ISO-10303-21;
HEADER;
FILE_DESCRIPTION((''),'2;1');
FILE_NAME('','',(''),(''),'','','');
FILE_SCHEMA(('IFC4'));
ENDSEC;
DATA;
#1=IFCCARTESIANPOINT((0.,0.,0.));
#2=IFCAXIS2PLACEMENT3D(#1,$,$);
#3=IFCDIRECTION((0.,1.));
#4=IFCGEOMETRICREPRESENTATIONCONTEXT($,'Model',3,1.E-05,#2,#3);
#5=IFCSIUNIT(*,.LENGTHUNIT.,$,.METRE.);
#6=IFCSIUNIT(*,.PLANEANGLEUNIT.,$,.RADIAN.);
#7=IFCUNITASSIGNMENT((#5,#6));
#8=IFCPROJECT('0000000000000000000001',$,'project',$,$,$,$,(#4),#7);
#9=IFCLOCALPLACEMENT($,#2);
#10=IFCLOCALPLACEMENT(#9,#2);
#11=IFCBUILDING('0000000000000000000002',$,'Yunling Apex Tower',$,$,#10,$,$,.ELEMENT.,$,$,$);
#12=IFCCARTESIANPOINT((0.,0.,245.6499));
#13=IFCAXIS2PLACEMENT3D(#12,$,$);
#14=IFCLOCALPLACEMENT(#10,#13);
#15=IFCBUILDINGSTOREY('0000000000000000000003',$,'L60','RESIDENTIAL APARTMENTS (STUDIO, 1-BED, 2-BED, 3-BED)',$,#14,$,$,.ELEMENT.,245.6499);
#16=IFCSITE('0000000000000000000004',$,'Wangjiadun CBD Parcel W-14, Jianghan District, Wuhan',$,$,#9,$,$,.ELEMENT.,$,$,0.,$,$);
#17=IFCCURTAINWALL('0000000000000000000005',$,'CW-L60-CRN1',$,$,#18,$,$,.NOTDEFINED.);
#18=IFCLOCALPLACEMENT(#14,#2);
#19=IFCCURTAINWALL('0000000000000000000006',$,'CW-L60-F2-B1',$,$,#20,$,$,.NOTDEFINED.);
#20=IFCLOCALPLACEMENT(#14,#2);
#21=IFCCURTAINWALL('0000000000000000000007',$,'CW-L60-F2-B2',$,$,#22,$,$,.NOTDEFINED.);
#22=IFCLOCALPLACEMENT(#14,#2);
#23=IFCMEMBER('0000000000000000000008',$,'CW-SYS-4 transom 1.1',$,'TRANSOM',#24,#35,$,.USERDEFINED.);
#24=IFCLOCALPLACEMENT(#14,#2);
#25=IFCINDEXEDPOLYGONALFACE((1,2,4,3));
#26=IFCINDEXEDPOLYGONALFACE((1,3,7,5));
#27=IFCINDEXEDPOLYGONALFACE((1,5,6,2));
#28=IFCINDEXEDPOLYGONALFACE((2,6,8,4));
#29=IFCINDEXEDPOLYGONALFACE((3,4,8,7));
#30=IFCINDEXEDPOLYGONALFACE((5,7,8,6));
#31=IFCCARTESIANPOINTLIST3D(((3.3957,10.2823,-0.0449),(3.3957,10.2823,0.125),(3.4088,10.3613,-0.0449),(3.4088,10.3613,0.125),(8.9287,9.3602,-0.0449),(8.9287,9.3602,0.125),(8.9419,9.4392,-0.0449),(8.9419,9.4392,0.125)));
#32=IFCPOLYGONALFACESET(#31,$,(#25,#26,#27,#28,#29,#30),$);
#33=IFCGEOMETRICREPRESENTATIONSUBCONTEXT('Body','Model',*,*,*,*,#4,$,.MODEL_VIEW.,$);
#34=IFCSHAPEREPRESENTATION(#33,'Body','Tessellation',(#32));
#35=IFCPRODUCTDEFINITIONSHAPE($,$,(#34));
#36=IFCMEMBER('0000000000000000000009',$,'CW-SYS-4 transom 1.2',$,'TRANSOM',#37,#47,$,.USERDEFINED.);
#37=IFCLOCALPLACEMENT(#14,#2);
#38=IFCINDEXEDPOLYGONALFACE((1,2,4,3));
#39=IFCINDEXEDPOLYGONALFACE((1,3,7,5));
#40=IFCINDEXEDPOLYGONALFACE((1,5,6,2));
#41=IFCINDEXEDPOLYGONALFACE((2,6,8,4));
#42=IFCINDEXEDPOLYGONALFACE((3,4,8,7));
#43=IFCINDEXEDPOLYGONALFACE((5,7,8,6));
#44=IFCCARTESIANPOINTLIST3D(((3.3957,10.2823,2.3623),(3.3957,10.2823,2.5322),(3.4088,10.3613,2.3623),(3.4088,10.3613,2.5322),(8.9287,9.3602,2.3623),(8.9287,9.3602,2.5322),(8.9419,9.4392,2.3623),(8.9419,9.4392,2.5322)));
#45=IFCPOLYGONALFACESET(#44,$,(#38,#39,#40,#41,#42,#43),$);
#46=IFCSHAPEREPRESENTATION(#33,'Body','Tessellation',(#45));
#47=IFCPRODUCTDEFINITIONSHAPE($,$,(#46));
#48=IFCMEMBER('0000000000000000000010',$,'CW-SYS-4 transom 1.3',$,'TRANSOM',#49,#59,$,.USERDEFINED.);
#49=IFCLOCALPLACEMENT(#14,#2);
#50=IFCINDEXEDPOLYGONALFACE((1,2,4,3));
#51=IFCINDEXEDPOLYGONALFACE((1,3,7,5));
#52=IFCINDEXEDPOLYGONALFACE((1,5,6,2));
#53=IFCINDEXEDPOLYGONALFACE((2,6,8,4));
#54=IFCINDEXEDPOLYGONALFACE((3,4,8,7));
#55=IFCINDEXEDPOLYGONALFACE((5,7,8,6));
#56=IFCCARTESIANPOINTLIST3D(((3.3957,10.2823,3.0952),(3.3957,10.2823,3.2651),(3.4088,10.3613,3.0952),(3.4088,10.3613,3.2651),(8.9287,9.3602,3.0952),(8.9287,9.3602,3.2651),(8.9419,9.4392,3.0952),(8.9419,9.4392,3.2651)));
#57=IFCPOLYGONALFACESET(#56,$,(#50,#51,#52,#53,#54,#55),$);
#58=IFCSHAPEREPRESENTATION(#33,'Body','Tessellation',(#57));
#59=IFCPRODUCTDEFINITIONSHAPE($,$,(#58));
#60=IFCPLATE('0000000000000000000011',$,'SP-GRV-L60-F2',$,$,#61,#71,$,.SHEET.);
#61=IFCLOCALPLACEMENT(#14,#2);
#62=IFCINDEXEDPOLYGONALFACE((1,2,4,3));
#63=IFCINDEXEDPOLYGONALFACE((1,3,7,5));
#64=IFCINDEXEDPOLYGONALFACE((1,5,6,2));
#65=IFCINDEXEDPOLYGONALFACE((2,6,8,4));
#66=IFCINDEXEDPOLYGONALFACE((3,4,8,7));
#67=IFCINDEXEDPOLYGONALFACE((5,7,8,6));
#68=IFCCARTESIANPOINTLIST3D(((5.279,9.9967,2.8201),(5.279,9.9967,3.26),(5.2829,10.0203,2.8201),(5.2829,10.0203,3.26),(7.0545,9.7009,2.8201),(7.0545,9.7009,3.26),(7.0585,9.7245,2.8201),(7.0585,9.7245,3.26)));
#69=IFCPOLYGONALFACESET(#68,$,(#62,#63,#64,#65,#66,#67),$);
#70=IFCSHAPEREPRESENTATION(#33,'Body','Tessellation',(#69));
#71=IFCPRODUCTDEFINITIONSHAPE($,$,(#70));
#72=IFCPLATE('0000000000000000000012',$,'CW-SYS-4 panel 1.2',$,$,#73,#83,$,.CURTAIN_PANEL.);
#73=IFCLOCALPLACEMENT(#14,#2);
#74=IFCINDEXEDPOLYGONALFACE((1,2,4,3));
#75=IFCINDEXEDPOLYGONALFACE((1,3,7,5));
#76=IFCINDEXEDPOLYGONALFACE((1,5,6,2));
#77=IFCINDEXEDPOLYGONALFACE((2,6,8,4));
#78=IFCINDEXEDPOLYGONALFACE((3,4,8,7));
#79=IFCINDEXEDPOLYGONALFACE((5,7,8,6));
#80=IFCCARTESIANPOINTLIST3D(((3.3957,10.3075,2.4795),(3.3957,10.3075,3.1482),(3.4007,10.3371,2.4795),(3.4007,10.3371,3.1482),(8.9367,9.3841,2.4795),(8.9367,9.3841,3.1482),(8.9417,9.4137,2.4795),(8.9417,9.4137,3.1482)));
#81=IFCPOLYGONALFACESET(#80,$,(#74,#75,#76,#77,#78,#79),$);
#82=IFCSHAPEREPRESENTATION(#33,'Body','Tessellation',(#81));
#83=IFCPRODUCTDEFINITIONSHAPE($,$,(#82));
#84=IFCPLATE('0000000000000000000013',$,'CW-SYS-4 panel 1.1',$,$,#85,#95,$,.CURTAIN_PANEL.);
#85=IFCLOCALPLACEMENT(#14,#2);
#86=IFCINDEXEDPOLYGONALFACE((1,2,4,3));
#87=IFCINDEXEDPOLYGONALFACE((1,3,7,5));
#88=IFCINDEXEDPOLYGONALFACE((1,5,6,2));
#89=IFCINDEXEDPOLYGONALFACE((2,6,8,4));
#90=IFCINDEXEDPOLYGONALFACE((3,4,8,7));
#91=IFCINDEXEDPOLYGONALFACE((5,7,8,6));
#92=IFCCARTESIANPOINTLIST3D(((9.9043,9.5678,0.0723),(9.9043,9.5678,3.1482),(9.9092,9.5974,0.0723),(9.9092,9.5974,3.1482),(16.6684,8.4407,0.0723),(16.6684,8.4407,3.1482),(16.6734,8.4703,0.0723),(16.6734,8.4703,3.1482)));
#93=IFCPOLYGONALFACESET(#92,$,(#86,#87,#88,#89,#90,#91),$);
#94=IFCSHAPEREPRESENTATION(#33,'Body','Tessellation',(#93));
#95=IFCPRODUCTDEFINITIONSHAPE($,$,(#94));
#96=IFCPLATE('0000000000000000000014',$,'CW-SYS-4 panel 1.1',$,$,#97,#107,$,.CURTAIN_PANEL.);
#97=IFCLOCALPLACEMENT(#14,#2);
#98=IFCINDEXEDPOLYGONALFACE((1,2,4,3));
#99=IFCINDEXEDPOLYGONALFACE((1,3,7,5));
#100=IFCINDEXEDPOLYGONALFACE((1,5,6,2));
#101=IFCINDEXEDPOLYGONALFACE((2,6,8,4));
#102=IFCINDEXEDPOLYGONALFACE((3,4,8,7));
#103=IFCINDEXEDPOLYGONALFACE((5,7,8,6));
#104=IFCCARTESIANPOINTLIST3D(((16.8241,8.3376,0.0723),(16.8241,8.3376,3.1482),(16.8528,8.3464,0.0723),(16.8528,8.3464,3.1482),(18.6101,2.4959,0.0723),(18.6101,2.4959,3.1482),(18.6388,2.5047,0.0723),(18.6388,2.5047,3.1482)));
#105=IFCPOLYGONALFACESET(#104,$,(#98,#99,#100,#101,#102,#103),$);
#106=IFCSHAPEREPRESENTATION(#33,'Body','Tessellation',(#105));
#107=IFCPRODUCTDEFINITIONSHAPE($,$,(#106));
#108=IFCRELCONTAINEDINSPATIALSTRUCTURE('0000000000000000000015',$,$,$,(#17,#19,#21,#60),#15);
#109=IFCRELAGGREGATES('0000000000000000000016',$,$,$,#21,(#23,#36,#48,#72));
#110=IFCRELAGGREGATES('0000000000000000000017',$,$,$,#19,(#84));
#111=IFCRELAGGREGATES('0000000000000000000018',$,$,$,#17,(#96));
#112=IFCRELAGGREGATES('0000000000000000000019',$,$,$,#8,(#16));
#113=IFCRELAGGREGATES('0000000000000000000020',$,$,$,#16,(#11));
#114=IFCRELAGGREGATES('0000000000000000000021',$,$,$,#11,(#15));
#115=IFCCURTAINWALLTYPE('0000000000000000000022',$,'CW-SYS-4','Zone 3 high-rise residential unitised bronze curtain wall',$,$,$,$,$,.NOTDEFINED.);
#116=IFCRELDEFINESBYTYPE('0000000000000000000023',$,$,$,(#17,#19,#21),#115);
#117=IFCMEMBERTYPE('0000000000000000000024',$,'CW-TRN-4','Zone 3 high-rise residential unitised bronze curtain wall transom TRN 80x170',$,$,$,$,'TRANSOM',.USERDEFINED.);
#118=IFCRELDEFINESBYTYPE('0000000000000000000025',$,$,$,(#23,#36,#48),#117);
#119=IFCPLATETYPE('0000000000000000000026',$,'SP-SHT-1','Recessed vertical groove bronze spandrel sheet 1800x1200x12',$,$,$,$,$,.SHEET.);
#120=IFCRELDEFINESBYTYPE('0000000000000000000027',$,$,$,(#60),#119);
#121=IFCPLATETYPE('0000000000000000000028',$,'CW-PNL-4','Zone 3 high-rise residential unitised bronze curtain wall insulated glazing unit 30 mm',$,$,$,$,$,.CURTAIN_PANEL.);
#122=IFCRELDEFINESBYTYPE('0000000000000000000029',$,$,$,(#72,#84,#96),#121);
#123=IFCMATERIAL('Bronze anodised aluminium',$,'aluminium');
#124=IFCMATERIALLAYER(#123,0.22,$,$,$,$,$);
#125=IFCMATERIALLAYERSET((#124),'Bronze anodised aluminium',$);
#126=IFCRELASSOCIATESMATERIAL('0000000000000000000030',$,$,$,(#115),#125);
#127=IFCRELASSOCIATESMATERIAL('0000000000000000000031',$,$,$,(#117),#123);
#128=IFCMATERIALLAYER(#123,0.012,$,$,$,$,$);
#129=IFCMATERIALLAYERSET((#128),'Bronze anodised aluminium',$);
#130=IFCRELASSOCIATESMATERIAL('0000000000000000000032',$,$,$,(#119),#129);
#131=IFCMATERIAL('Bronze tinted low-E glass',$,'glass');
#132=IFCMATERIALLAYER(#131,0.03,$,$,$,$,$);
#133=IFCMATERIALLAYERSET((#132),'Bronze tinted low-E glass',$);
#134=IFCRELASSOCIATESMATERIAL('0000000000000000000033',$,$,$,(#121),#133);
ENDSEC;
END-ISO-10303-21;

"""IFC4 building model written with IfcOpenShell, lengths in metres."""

from ifc_helpers import new_model, si_unit, direction, frame, origin, origin_2d, place, context, subcontext, project, spatial, rectangle, extrude, source, transform, mapped, material, layer, layer_set, material_profile, profile_set, type_object, element, aggregate, save


model = new_model("IFC4")

# Units and contexts
model_context = context("Model", 3, precision=1e-05, world=origin(), true_north=direction((0.0, 1.0)))
body_context = subcontext(model_context, "Body", "Model", "MODEL_VIEW")
ifc_project = project(units=[si_unit("LENGTHUNIT", "METRE"), si_unit("PLANEANGLEUNIT", "RADIAN")], contexts=[model_context])

# Site, building, storey
site_placement = place(None, origin())
site = spatial("IfcSite", under=ifc_project, at=site_placement, Name="Wangjiadun CBD Parcel W-14, Jianghan District, Wuhan", CompositionType="ELEMENT", RefElevation=0.0)
building_placement = place(site_placement, origin())
building = spatial("IfcBuilding", under=site, at=building_placement, Name="Yunling Apex Tower", CompositionType="ELEMENT")
storey_placement = place(building_placement, frame((0.0, 0.0, 245.6499)))
storey = spatial("IfcBuildingStorey", under=building, at=storey_placement, Name="L60", Description="RESIDENTIAL APARTMENTS (STUDIO, 1-BED, 2-BED, 3-BED)", CompositionType="ELEMENT", Elevation=245.6499)

# Shared definitions
ifc_material_1 = material(Name="Bronze anodised aluminium", Category="aluminium")
ifc_layer_1 = layer(ifc_material_1, 0.22)
ifc_layer_set_1 = layer_set([ifc_layer_1], Name="Bronze anodised aluminium")
curtain_wall_type = type_object("IfcCurtainWallType", Name="CW-SYS-4", Description="Zone 3 high-rise residential unitised bronze curtain wall", PredefinedType="NOTDEFINED", material=ifc_layer_set_1)

# Curtain walls
curtain_wall_1_placement = place(storey_placement, origin())
curtain_wall_1 = element("IfcCurtainWall", 1, at=curtain_wall_1_placement, inside=storey, type_object=curtain_wall_type, Name="CW-L60-CRN1", PredefinedType="NOTDEFINED")
curtain_wall_2_placement = place(storey_placement, origin())
curtain_wall_2 = element("IfcCurtainWall", 2, at=curtain_wall_2_placement, inside=storey, type_object=curtain_wall_type, Name="CW-L60-F2-B1", PredefinedType="NOTDEFINED")

# Curtain wall
curtain_wall_3_placement = place(storey_placement, origin())
curtain_wall_3 = element("IfcCurtainWall", 3, at=curtain_wall_3_placement, inside=storey, type_object=curtain_wall_type, Name="CW-L60-F2-B2", PredefinedType="NOTDEFINED")

# Members
ifc_material_profile_1 = material_profile(ifc_material_1, rectangle(XDim=0.0801, YDim=0.1699, at=origin_2d()))
ifc_profile_set_1 = profile_set([ifc_material_profile_1], Name="Bronze anodised aluminium")
member_type_1 = type_object("IfcMemberType", Name="CW-TRN-4", Description="Zone 3 high-rise residential unitised bronze curtain wall transom TRN 80x170", ElementType="TRANSOM", PredefinedType="USERDEFINED", material=ifc_profile_set_1)
shared_shape_1 = source(origin(), body_context, "Body", "SweptSolid", [
    extrude(rectangle(XDim=0.0801, YDim=0.1699, at=origin_2d()), origin(), (0.0, 0.0, 1.0), 5.6094),
])
member_1_placement = place(storey_placement, frame((8.9353, 9.3997, 0.04), z_axis=(-0.986395, 0.164392, 0.0), x_axis=(-0.164392, -0.986395, 0.0)))
member_1 = element("IfcMember", 4, at=member_1_placement, type_object=member_type_1, Name="CW-SYS-4 transom 1.1", ObjectType="TRANSOM", PredefinedType="USERDEFINED", context=body_context, shape_type="MappedRepresentation", body=[
    mapped(shared_shape_1, transform((0.0, 0.0, 0.0), scale=1.0)),
])
member_2_placement = place(storey_placement, frame((8.9353, 9.3997, 2.4473), z_axis=(-0.986395, 0.164392, 0.0), x_axis=(-0.164392, -0.986395, 0.0)))
member_2 = element("IfcMember", 5, at=member_2_placement, type_object=member_type_1, Name="CW-SYS-4 transom 1.2", ObjectType="TRANSOM", PredefinedType="USERDEFINED", context=body_context, shape_type="MappedRepresentation", body=[
    mapped(shared_shape_1, transform((0.0, 0.0, 0.0), scale=1.0)),
])
member_3_placement = place(storey_placement, frame((8.9353, 9.3997, 3.1802), z_axis=(-0.986395, 0.164392, 0.0), x_axis=(-0.164392, -0.986395, 0.0)))
member_3 = element("IfcMember", 6, at=member_3_placement, type_object=member_type_1, Name="CW-SYS-4 transom 1.3", ObjectType="TRANSOM", PredefinedType="USERDEFINED", context=body_context, shape_type="MappedRepresentation", body=[
    mapped(shared_shape_1, transform((0.0, 0.0, 0.0), scale=1.0)),
])

# Plates
ifc_layer_2 = layer(ifc_material_1, 0.012)
ifc_layer_set_2 = layer_set([ifc_layer_2], Name="Bronze anodised aluminium")
plate_type_1 = type_object("IfcPlateType", Name="SP-SHT-1", Description="Recessed vertical groove bronze spandrel sheet 1800x1200x12", PredefinedType="SHEET", material=ifc_layer_set_2)
shared_shape_2 = source(origin(), body_context, "Body", "SweptSolid", [
    extrude(rectangle(XDim=1.8, YDim=0.0239, at=origin_2d()), origin(), (0.0, 0.0, 1.0), 0.4399),
])
plate_1_placement = place(storey_placement, frame((6.1687, 9.8606, 2.8201), z_axis=(0.0, 0.0, 1.0), x_axis=(-0.986401, 0.164359, 0.0)))
element("IfcPlate", 7, at=plate_1_placement, inside=storey, type_object=plate_type_1, Name="SP-GRV-L60-F2", PredefinedType="SHEET", context=body_context, shape_type="MappedRepresentation", body=[
    mapped(shared_shape_2, transform((0.0, 0.0, 0.0), scale=1.0)),
])
ifc_material_2 = material(Name="Bronze tinted low-E glass", Category="glass")
ifc_layer_3 = layer(ifc_material_2, 0.03)
ifc_layer_set_3 = layer_set([ifc_layer_3], Name="Bronze tinted low-E glass")
plate_type_2 = type_object("IfcPlateType", Name="CW-PNL-4", Description="Zone 3 high-rise residential unitised bronze curtain wall insulated glazing unit 30 mm", PredefinedType="CURTAIN_PANEL", material=ifc_layer_set_3)
shared_shape_3 = source(origin(), body_context, "Body", "SweptSolid", [
    extrude(rectangle(XDim=5.6174, YDim=0.03, at=origin_2d()), origin(), (0.0, 0.0, 1.0), 0.6687),
])
plate_2_placement = place(storey_placement, frame((6.1687, 9.8606, 2.4795), z_axis=(0.0, 0.0, 1.0), x_axis=(-0.986399, 0.164371, 0.0)))
plate_2 = element("IfcPlate", 8, at=plate_2_placement, type_object=plate_type_2, Name="CW-SYS-4 panel 1.2", PredefinedType="CURTAIN_PANEL", context=body_context, shape_type="MappedRepresentation", body=[
    mapped(shared_shape_3, transform((0.0, 0.0, 0.0), scale=1.0)),
])
aggregate(curtain_wall_3, [member_1, member_2, member_3, plate_2])
shared_shape_4 = source(origin(), body_context, "Body", "SweptSolid", [
    extrude(rectangle(XDim=6.8574, YDim=0.03, at=origin_2d()), origin(), (0.0, 0.0, 1.0), 3.0759),
])
plate_3_placement = place(storey_placement, frame((13.2888, 9.019, 0.0723), z_axis=(0.0, 0.0, 1.0), x_axis=(-0.986402, 0.164353, 0.0)))
plate_3 = element("IfcPlate", 9, at=plate_3_placement, type_object=plate_type_2, Name="CW-SYS-4 panel 1.1", PredefinedType="CURTAIN_PANEL", context=body_context, shape_type="MappedRepresentation", body=[
    mapped(shared_shape_4, transform((0.0, 0.0, 0.0), scale=1.0)),
])
aggregate(curtain_wall_2, [plate_3])
shared_shape_5 = source(origin(), body_context, "Body", "SweptSolid", [
    extrude(rectangle(XDim=6.1086, YDim=0.03, at=origin_2d()), origin(), (0.0, 0.0, 1.0), 3.0759),
])
plate_4_placement = place(storey_placement, frame((17.7314, 5.4211, 0.0723), z_axis=(0.0, 0.0, 1.0), x_axis=(-0.292369, 0.956305, 0.0)))
plate_4 = element("IfcPlate", 10, at=plate_4_placement, type_object=plate_type_2, Name="CW-SYS-4 panel 1.1", PredefinedType="CURTAIN_PANEL", context=body_context, shape_type="MappedRepresentation", body=[
    mapped(shared_shape_5, transform((0.0, 0.0, 0.0), scale=1.0)),
])
aggregate(curtain_wall_1, [plate_4])

save(model, "model.ifc")
